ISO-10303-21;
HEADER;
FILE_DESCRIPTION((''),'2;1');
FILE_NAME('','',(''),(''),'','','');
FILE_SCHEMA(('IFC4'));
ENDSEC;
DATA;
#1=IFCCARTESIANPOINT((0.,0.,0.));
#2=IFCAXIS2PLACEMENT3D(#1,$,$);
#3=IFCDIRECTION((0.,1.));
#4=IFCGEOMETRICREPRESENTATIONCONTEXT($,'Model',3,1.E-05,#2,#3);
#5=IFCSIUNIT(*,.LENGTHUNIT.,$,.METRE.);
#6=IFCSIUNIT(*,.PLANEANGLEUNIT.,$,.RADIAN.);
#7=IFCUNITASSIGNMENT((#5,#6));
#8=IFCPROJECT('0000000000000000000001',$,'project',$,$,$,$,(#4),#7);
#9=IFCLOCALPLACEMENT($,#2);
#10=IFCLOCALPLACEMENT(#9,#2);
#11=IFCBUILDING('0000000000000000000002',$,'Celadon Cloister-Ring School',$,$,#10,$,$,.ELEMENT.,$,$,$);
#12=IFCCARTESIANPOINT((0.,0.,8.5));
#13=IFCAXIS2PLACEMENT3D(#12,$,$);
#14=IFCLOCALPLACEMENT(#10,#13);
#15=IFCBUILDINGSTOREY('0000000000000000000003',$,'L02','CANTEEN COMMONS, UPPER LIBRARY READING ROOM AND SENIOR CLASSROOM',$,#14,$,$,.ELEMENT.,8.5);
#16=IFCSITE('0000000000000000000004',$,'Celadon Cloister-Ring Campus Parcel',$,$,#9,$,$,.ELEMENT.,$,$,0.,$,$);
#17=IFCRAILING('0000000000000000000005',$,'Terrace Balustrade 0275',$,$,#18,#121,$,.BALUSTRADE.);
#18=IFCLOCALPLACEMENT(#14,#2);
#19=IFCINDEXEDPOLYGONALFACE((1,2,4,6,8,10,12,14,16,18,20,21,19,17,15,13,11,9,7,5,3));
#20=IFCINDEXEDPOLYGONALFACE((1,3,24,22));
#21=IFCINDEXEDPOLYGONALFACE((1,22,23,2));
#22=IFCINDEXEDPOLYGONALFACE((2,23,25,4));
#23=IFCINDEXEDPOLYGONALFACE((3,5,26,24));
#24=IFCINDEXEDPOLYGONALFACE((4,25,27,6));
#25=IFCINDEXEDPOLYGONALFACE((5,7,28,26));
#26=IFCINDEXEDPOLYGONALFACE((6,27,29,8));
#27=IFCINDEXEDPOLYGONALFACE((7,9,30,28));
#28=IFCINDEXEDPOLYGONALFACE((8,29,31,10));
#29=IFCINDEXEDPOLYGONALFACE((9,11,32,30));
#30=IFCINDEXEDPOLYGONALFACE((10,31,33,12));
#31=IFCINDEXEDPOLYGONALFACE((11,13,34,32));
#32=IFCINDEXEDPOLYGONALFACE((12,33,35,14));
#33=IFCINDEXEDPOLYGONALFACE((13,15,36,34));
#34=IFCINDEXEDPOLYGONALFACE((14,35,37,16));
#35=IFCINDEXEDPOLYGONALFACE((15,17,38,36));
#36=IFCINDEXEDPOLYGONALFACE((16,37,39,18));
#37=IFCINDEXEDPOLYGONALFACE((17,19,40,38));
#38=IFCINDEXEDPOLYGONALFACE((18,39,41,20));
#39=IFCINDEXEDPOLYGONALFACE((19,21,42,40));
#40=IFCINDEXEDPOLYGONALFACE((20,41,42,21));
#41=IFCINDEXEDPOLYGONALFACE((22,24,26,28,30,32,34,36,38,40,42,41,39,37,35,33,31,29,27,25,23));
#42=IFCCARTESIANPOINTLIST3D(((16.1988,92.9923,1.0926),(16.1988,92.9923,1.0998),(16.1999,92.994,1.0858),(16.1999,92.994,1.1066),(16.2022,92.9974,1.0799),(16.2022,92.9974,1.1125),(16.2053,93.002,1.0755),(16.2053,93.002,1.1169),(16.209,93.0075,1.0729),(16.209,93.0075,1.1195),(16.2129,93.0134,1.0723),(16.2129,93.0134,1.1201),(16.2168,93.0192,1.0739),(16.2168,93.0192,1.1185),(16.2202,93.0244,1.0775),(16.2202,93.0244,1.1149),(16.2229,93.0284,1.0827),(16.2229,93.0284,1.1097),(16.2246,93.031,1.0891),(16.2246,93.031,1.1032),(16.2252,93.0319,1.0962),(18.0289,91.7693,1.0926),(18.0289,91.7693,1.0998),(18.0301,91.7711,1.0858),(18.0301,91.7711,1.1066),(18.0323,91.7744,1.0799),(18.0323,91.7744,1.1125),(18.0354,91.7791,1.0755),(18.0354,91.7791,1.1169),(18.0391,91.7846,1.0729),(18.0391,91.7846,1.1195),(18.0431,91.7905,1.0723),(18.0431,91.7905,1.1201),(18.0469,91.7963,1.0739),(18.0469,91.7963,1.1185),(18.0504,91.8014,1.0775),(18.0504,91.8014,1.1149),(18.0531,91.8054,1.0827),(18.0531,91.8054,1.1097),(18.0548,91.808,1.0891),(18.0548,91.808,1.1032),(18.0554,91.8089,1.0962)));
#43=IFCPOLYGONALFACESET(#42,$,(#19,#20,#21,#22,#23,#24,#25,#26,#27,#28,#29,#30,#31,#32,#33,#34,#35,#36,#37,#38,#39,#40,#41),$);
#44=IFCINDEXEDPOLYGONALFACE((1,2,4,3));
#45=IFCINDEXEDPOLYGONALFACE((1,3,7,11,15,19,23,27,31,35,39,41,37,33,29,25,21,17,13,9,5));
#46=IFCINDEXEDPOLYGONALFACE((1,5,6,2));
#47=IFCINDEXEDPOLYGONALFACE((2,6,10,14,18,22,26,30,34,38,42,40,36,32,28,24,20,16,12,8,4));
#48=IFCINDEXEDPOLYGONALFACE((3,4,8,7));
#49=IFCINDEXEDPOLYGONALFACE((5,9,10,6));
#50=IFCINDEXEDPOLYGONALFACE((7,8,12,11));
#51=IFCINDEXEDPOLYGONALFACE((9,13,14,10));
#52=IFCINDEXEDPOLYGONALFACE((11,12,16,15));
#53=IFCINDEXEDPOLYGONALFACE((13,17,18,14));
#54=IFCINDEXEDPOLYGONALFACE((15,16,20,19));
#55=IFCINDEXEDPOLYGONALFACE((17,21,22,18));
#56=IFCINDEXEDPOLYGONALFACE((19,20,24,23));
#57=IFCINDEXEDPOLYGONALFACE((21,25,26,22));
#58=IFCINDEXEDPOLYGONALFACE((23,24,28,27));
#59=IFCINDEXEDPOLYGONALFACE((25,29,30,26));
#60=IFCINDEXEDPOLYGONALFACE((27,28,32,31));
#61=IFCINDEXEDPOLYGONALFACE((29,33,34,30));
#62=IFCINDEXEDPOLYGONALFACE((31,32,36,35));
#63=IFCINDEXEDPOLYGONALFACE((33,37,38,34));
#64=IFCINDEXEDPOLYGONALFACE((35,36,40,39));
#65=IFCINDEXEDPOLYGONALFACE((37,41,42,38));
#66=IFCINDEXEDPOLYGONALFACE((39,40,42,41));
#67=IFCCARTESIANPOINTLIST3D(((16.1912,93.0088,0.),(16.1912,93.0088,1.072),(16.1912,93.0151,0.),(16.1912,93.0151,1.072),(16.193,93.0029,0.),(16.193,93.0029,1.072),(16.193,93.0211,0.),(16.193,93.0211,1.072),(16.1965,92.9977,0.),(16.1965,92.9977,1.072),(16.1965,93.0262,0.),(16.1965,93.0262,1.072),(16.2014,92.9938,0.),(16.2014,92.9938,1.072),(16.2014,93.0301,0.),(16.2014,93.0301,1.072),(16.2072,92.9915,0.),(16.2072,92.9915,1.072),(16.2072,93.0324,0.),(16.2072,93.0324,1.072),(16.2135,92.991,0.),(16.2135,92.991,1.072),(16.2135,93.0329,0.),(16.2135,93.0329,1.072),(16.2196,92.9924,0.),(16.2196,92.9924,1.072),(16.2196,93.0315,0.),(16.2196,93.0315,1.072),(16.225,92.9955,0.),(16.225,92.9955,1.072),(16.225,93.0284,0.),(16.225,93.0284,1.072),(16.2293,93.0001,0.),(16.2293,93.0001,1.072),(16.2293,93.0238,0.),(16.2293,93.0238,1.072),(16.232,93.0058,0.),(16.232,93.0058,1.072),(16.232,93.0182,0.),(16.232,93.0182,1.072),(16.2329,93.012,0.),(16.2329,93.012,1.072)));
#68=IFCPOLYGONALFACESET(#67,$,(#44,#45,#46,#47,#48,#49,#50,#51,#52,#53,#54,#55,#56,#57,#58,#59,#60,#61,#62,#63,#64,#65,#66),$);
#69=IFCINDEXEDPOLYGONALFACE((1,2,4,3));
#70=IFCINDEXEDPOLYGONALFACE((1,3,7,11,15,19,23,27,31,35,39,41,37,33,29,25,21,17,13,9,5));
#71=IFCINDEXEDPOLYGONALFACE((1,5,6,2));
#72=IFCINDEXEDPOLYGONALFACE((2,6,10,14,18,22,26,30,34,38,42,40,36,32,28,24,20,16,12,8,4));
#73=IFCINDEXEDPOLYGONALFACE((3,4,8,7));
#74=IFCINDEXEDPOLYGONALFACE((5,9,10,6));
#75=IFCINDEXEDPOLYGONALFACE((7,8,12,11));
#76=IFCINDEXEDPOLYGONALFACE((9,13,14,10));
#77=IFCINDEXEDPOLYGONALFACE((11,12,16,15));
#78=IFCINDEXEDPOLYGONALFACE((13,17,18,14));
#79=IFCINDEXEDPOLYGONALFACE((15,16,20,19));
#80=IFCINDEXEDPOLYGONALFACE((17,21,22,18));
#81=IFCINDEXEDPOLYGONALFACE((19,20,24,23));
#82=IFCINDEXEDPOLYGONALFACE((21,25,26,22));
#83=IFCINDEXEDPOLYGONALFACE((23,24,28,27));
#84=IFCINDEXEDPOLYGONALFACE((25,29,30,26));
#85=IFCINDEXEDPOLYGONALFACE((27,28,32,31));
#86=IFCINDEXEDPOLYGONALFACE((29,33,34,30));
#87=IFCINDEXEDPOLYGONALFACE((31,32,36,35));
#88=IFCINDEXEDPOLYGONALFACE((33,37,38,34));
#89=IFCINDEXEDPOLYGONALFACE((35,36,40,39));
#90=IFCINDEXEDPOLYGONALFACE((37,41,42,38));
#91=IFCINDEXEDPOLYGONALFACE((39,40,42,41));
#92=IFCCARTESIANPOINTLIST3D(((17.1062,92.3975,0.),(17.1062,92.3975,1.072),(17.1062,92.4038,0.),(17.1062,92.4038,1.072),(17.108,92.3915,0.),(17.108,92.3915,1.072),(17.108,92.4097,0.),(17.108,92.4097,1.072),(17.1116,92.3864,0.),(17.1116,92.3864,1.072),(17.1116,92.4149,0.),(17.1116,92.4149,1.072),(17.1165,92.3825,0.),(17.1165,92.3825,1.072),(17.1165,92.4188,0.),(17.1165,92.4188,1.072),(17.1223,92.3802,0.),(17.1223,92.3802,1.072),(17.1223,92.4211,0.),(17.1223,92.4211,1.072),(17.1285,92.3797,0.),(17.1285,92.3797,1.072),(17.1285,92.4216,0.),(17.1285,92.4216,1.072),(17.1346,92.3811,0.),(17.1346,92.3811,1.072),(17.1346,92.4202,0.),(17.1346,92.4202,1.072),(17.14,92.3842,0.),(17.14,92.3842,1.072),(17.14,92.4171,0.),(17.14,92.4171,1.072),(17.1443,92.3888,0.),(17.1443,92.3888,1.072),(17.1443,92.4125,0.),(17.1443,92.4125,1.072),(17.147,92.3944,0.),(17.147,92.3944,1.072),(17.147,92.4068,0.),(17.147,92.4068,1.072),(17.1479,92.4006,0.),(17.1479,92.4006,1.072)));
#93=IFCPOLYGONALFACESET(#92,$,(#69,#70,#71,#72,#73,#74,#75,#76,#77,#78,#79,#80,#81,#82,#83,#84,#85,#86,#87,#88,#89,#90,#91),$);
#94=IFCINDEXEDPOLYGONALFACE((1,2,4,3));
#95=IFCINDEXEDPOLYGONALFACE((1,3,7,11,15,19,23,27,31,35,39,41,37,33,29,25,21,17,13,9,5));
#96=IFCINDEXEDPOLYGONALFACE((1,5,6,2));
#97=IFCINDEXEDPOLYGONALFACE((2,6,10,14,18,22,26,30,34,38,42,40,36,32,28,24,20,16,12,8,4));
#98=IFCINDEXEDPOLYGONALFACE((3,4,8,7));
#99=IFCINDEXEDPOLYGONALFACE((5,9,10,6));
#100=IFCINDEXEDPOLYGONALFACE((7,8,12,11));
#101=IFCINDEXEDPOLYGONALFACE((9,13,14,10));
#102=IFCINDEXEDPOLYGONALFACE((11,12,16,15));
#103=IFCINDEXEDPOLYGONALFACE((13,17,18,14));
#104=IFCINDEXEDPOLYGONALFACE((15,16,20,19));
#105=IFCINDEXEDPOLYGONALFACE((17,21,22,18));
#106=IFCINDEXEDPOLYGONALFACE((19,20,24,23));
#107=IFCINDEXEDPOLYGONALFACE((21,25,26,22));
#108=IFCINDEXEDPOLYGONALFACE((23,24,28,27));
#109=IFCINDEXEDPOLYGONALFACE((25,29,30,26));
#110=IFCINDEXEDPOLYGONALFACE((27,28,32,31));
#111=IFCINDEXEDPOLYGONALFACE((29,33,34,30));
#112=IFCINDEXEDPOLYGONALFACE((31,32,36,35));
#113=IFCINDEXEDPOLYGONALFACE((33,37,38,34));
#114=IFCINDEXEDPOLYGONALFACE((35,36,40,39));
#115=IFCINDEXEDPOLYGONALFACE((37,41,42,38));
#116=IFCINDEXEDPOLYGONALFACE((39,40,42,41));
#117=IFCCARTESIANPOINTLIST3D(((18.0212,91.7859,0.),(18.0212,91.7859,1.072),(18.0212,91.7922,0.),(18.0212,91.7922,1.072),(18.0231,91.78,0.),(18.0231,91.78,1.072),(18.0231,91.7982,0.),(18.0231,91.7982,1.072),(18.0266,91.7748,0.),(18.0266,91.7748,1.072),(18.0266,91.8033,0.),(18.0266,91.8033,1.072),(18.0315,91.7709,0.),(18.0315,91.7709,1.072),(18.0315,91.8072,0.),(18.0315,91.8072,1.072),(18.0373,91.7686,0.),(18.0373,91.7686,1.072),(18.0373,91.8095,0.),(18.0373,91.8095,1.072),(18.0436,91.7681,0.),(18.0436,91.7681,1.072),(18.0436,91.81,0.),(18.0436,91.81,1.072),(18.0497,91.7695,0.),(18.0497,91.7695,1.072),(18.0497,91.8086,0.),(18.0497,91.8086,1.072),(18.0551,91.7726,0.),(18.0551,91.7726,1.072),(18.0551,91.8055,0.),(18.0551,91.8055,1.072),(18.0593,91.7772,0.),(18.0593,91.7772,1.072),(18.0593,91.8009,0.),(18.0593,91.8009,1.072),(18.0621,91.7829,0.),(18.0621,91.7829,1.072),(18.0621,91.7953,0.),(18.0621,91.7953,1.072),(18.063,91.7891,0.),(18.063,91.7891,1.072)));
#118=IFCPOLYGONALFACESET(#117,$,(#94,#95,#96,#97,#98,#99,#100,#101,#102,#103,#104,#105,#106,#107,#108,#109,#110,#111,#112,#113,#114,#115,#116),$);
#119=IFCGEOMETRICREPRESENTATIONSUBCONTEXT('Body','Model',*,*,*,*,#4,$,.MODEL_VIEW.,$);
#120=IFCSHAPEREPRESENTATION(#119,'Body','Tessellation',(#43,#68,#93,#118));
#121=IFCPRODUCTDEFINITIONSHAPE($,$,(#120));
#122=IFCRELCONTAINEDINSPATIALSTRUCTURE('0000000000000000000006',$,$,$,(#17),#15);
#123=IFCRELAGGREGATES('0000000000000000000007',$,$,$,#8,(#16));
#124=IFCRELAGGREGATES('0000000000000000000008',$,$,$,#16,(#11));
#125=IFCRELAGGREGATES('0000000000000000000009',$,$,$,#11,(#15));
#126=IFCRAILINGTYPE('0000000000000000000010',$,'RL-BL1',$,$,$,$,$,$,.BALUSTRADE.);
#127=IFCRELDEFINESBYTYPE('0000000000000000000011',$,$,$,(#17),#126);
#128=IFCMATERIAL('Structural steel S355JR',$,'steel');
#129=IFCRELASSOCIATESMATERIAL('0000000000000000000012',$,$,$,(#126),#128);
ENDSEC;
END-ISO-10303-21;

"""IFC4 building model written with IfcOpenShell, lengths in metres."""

from ifc_helpers import new_model, si_unit, direction, frame, origin, origin_2d, place, context, subcontext, project, spatial, circle, extrude, material, type_object, element, save


model = new_model("IFC4")

# Units and contexts
model_context = context("Model", 3, precision=1e-05, world=origin(), true_north=direction((0.0, 1.0)))
body_context = subcontext(model_context, "Body", "Model", "MODEL_VIEW")
ifc_project = project(units=[si_unit("LENGTHUNIT", "METRE"), si_unit("PLANEANGLEUNIT", "RADIAN")], contexts=[model_context])

# Site, building, storey
site_placement = place(None, origin())
site = spatial("IfcSite", under=ifc_project, at=site_placement, Name="Celadon Cloister-Ring Campus Parcel", CompositionType="ELEMENT", RefElevation=0.0)
building_placement = place(site_placement, origin())
building = spatial("IfcBuilding", under=site, at=building_placement, Name="Celadon Cloister-Ring School", CompositionType="ELEMENT")
storey_placement = place(building_placement, frame((0.0, 0.0, 8.5)))
storey = spatial("IfcBuildingStorey", under=building, at=storey_placement, Name="L02", Description="CANTEEN COMMONS, UPPER LIBRARY READING ROOM AND SENIOR CLASSROOM", CompositionType="ELEMENT", Elevation=8.5)

# Railing
ifc_material_1 = material(Name="Structural steel S355JR", Category="steel")
railing_type = type_object("IfcRailingType", Name="RL-BL1", PredefinedType="BALUSTRADE", material=ifc_material_1)
railing_1_placement = place(storey_placement, frame((16.2119, 93.012, 0.0)))
element("IfcRailing", 1, at=railing_1_placement, inside=storey, type_object=railing_type, Name="Terrace Balustrade 0275", PredefinedType="BALUSTRADE", context=body_context, shape_type="SweptSolid", body=[
    extrude(circle(Radius=0.0239, at=origin_2d()), frame((0.0, 0.0, 1.0962), z_axis=(0.831453, -0.555596, 0.0), x_axis=(0.555596, 0.831453, 0.0)), (0.0, 0.0, 1.0), 2.2012),
    extrude(circle(Radius=0.021, at=origin_2d()), origin(), (0.0, 0.0, 1.0), 1.072),
    extrude(circle(Radius=0.021, at=origin_2d()), frame((0.915, -0.6113, 0.0)), (0.0, 0.0, 1.0), 1.072),
    extrude(circle(Radius=0.021, at=origin_2d()), frame((1.8301, -1.2229, 0.0)), (0.0, 0.0, 1.0), 1.072),
])

save(model, "model.ifc")
